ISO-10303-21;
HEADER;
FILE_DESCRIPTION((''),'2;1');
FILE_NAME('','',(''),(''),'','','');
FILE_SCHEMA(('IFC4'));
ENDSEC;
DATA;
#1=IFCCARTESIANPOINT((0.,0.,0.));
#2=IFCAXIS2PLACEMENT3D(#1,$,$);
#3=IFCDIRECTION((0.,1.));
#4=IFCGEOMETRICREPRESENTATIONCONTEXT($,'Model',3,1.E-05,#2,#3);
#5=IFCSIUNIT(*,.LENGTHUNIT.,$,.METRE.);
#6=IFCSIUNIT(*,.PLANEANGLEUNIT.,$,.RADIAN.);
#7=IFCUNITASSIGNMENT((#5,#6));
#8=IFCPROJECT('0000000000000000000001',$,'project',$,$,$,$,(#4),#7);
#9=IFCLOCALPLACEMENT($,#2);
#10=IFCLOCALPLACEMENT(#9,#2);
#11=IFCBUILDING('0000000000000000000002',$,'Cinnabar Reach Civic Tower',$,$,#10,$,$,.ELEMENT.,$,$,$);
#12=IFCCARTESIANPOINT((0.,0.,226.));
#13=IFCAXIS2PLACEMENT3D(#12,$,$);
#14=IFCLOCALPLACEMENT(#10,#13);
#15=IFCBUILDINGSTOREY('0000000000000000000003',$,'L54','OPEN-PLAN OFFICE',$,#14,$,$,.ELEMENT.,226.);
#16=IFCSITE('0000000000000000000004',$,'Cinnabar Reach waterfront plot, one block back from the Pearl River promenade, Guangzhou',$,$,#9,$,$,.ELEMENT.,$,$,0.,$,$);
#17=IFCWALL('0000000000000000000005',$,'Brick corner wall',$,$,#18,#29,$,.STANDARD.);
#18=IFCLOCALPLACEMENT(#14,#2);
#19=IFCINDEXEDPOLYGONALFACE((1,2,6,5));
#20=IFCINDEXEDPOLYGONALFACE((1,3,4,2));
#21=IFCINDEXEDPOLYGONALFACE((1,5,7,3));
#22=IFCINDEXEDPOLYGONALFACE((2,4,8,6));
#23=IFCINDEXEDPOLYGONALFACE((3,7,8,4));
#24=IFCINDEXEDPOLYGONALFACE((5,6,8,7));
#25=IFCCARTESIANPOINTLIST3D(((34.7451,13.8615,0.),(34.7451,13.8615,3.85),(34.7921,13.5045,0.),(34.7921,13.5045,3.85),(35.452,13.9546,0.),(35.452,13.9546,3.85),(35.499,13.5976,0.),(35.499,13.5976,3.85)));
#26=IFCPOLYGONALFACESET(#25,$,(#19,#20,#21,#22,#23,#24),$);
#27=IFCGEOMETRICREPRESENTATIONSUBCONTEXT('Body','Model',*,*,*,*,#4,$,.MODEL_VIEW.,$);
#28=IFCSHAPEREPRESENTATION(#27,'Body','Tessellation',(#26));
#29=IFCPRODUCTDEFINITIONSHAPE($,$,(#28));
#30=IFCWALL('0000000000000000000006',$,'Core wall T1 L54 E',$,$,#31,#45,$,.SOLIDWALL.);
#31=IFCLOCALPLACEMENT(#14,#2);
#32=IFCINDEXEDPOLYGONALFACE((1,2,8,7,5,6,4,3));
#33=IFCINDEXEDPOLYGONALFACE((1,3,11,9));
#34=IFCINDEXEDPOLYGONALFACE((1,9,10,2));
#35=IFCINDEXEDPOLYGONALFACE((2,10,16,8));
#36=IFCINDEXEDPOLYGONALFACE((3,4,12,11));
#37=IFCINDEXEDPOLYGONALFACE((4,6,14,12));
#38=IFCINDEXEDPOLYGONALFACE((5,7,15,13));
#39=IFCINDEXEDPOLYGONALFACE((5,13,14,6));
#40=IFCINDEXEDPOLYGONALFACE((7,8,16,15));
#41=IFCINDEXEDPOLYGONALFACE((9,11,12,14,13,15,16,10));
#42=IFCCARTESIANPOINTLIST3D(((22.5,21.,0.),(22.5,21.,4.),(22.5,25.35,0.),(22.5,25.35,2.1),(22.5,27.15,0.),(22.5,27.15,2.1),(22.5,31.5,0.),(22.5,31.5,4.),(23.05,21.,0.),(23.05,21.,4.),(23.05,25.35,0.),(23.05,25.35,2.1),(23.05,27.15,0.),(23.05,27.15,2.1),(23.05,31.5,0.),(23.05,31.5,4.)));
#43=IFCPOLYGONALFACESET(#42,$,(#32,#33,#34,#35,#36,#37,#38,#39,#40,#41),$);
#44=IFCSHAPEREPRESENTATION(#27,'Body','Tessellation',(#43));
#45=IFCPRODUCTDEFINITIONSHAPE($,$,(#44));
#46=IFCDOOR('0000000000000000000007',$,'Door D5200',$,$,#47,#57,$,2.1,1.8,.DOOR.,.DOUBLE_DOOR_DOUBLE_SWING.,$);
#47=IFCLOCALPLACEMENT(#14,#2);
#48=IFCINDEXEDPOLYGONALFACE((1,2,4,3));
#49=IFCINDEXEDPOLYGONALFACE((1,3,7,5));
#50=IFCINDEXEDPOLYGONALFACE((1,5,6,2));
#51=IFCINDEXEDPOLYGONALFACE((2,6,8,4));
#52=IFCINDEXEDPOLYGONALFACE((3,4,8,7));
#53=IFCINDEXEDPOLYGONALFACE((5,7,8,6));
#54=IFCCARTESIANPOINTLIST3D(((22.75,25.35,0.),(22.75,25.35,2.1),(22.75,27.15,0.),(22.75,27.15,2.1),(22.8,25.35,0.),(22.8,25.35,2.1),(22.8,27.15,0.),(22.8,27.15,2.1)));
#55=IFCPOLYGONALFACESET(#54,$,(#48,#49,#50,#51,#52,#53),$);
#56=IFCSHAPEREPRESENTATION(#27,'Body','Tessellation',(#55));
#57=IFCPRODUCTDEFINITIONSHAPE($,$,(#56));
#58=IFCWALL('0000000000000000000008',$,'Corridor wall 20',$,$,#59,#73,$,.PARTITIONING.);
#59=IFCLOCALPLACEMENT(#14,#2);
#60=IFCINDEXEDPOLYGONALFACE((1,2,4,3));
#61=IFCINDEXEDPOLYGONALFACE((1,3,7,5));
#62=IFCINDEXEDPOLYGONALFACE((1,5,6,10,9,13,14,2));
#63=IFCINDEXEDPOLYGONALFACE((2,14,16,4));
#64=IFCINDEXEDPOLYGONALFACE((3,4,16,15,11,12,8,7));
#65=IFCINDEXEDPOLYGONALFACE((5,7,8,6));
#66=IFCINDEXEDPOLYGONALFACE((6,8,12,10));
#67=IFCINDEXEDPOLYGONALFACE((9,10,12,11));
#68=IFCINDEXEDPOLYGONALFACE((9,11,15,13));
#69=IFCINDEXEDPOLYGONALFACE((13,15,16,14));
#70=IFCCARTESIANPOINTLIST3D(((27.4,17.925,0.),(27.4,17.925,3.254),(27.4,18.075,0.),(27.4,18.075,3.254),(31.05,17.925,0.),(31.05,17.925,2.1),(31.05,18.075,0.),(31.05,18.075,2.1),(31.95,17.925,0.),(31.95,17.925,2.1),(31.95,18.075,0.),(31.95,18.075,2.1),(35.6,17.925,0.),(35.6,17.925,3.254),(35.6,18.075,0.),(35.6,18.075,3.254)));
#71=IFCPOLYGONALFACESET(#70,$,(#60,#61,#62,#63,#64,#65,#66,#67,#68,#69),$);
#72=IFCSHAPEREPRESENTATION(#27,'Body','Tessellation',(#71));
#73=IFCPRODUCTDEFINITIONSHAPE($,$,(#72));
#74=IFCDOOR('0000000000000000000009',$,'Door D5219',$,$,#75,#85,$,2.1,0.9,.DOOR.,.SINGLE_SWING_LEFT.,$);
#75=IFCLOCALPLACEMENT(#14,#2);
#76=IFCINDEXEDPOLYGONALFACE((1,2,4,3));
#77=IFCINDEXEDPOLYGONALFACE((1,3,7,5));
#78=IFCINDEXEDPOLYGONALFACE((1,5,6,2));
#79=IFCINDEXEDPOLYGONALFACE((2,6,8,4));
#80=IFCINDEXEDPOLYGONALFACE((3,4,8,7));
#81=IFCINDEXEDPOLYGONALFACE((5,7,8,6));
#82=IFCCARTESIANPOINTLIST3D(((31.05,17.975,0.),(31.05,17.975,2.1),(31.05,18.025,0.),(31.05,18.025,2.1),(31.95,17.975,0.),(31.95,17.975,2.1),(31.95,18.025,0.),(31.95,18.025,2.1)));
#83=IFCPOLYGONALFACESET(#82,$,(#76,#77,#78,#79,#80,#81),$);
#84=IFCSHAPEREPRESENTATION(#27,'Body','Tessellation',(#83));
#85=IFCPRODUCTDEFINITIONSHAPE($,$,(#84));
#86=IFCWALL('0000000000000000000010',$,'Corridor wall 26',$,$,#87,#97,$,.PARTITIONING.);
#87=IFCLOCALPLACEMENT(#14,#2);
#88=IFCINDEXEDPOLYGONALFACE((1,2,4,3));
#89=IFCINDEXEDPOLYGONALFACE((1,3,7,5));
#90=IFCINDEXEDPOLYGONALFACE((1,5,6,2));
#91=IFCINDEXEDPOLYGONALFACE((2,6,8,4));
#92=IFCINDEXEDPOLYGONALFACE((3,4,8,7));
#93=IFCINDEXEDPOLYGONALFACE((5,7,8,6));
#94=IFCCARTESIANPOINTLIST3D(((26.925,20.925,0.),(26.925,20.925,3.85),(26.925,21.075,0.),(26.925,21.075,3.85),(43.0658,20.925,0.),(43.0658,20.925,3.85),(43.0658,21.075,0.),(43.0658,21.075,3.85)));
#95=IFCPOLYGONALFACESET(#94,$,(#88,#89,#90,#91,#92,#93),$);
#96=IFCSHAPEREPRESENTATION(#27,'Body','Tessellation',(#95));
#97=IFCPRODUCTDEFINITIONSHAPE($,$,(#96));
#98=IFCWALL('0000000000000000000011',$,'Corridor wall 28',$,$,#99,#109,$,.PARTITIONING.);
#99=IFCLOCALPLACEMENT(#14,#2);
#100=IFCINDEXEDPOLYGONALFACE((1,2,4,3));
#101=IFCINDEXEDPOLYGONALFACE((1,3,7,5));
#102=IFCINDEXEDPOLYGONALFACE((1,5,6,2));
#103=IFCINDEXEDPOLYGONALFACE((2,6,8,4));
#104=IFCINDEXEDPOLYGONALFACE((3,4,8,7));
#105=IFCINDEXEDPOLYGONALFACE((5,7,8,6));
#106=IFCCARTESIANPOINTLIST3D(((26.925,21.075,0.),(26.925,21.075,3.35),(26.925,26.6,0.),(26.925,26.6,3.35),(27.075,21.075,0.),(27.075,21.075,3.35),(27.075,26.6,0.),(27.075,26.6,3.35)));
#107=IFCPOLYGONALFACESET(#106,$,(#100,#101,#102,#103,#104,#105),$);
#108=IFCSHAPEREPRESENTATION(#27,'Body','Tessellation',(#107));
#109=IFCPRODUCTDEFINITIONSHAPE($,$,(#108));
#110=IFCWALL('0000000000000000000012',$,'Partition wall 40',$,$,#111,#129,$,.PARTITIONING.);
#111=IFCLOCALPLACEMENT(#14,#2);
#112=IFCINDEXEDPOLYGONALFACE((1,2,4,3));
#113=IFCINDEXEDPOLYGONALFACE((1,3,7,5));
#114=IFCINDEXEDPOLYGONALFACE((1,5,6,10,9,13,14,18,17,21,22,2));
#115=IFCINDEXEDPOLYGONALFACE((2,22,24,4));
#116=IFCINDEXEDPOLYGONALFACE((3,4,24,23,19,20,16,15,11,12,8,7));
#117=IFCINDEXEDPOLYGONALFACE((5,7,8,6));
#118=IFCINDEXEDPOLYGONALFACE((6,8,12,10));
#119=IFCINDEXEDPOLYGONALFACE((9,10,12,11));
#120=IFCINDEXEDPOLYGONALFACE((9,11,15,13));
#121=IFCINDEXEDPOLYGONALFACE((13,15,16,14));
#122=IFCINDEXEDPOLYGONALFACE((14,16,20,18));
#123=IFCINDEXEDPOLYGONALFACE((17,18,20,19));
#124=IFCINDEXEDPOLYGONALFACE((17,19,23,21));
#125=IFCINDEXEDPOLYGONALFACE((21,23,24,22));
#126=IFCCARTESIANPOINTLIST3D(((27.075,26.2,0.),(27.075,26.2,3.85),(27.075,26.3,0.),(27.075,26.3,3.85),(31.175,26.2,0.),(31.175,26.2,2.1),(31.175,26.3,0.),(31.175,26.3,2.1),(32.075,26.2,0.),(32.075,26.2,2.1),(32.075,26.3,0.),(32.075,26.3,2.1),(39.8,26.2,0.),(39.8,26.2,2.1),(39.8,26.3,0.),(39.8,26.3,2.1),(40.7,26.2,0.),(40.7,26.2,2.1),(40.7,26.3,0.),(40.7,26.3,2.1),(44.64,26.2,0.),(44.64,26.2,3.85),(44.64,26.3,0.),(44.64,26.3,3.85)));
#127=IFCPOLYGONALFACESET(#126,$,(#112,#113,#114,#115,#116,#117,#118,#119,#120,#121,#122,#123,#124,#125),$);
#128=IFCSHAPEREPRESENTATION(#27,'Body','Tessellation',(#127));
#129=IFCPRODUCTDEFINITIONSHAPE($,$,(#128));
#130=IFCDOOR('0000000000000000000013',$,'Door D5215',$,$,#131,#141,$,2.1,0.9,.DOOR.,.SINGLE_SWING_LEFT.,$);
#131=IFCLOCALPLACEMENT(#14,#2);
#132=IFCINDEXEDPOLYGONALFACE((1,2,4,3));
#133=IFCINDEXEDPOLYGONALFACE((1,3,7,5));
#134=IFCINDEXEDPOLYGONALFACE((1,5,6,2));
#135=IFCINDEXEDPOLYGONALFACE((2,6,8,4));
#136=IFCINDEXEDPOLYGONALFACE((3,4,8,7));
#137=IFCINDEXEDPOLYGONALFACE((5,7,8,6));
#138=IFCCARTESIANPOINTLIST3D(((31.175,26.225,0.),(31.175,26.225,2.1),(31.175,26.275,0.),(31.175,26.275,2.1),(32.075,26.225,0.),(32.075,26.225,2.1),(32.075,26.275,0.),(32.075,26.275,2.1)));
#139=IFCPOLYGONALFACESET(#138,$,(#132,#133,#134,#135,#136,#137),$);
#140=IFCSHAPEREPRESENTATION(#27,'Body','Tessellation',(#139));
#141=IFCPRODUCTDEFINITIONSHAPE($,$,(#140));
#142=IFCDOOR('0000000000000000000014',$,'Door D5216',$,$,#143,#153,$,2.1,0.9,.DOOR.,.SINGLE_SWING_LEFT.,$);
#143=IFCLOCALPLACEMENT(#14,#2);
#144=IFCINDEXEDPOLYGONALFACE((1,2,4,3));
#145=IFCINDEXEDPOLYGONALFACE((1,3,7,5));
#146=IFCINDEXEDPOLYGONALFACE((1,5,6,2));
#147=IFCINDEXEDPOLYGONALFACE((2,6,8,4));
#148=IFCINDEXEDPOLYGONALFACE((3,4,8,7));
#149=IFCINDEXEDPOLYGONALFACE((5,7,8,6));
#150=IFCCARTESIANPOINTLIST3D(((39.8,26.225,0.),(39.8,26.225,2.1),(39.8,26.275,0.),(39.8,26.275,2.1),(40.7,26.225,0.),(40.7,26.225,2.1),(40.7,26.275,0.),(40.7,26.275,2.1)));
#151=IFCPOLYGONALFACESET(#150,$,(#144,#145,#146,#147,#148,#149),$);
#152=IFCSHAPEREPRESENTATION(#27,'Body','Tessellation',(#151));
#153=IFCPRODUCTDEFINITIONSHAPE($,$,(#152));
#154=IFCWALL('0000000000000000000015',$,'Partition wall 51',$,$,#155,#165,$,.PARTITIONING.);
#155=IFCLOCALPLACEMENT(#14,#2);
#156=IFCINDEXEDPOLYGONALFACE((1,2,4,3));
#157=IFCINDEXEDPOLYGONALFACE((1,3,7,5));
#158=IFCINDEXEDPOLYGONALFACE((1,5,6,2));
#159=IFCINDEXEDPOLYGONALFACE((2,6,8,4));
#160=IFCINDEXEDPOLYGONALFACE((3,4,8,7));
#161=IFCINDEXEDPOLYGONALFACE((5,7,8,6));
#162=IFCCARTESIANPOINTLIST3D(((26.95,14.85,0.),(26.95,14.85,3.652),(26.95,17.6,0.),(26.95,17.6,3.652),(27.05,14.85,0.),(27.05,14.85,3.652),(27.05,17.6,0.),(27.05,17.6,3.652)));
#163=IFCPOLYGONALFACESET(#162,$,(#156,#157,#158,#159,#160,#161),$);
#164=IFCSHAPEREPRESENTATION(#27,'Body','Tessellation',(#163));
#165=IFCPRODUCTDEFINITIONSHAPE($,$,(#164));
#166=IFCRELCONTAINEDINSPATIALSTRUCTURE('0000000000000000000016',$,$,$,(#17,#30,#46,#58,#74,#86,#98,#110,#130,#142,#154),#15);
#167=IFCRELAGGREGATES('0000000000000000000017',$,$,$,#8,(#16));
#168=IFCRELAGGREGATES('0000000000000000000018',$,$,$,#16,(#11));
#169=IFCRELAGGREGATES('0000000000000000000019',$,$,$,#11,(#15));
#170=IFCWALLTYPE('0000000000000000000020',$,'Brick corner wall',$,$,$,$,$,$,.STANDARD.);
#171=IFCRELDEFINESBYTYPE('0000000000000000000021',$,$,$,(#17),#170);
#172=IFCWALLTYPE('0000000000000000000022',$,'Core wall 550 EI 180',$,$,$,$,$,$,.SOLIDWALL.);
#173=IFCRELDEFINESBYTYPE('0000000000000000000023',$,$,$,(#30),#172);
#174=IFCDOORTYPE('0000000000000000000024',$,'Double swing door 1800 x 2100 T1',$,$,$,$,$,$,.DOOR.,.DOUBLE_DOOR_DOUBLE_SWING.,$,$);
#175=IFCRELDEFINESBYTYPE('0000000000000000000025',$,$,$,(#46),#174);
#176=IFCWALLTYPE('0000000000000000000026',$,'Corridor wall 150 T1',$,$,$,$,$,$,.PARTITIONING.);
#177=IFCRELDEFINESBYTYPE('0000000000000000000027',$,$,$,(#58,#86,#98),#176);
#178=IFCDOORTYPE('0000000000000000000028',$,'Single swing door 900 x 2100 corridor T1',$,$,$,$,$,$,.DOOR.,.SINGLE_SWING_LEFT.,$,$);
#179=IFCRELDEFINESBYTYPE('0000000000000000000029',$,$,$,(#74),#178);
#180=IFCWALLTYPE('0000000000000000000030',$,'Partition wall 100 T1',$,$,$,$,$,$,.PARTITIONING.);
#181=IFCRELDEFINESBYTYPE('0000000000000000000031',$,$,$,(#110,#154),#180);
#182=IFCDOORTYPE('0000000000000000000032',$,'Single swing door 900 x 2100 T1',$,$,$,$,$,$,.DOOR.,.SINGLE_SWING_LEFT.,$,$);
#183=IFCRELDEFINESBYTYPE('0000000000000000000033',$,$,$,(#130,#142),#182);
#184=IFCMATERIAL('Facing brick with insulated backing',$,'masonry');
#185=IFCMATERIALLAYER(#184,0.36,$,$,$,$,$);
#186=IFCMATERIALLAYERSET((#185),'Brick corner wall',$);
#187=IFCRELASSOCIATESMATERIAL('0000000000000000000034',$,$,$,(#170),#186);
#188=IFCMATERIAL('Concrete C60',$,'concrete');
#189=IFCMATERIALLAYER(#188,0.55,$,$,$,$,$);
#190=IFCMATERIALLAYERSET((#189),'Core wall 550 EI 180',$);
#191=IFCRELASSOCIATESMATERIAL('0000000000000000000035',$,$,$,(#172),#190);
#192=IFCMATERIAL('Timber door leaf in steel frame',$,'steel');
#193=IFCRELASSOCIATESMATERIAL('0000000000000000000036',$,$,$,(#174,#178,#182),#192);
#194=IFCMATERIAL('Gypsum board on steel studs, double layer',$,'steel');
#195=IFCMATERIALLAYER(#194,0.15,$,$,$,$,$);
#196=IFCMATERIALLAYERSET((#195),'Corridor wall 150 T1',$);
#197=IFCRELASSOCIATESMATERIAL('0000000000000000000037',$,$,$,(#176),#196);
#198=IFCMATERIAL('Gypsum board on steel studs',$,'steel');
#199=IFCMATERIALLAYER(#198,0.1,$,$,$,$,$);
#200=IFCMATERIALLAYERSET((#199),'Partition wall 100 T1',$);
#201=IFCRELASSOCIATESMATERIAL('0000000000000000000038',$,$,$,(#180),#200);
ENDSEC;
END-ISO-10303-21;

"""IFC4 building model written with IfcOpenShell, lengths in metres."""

from ifc_helpers import new_model, si_unit, direction, frame, frame_2d, origin, place, context, subcontext, project, spatial, rectangle, extrude, material, layer, layer_set, type_object, element, fill, save


model = new_model("IFC4")

# Units and contexts
model_context = context("Model", 3, precision=1e-05, world=origin(), true_north=direction((0.0, 1.0)))
body_context = subcontext(model_context, "Body", "Model", "MODEL_VIEW")
ifc_project = project(units=[si_unit("LENGTHUNIT", "METRE"), si_unit("PLANEANGLEUNIT", "RADIAN")], contexts=[model_context])

# Site, building, storey
site_placement = place(None, origin())
site = spatial("IfcSite", under=ifc_project, at=site_placement, Name="Cinnabar Reach waterfront plot, one block back from the Pearl River promenade, Guangzhou", CompositionType="ELEMENT", RefElevation=0.0)
building_placement = place(site_placement, origin())
building = spatial("IfcBuilding", under=site, at=building_placement, Name="Cinnabar Reach Civic Tower", CompositionType="ELEMENT")
storey_placement = place(building_placement, frame((0.0, 0.0, 226.0)))
storey = spatial("IfcBuildingStorey", under=building, at=storey_placement, Name="L54", Description="OPEN-PLAN OFFICE", CompositionType="ELEMENT", Elevation=226.0)

# Shared definitions
ifc_material_1 = material(Name="Concrete C60", Category="concrete")

# Wall
ifc_material_2 = material(Name="Facing brick with insulated backing", Category="masonry")
ifc_layer_1 = layer(ifc_material_2, 0.36)
ifc_layer_set_1 = layer_set([ifc_layer_1], Name="Brick corner wall")
wall_type_1 = type_object("IfcWallType", Name="Brick corner wall", PredefinedType="STANDARD", material=ifc_layer_set_1)
wall_1_placement = place(storey_placement, frame((34.7686, 13.683, 0.0), z_axis=(0.0, 0.0, 1.0), x_axis=(0.991441, 0.130556, 0.0)))
element("IfcWall", 1, at=wall_1_placement, inside=storey, type_object=wall_type_1, Name="Brick corner wall", PredefinedType="STANDARD", context=body_context, shape_type="SweptSolid", body=[
    extrude(rectangle(XDim=0.7131, YDim=0.36, at=frame_2d((0.3565, 0.0))), origin(), (0.0, 0.0, 1.0), 3.85),
])

# Walls, openings, doors
ifc_layer_2 = layer(ifc_material_1, 0.55)
ifc_layer_set_2 = layer_set([ifc_layer_2], Name="Core wall 550 EI 180")
wall_type_2 = type_object("IfcWallType", Name="Core wall 550 EI 180", PredefinedType="SOLIDWALL", material=ifc_layer_set_2)
wall_2_placement = place(storey_placement, frame((22.775, 21.0, 0.0), z_axis=(0.0, 0.0, 1.0), x_axis=(0.0, 1.0, 0.0)))
wall_2 = element("IfcWall", 2, at=wall_2_placement, inside=storey, type_object=wall_type_2, Name="Core wall T1 L54 E", PredefinedType="SOLIDWALL", context=body_context, shape_type="SweptSolid", body=[
    extrude(rectangle(XDim=10.5, YDim=0.55, at=frame_2d((5.25, 0.0))), origin(), (0.0, 0.0, 1.0), 4.0),
])
opening_1_placement = place(wall_2_placement, frame((4.35, 0.0, 0.0)))
opening_1 = element("IfcOpeningElement", 3, at=opening_1_placement, cuts=wall_2, PredefinedType="OPENING", context=body_context, shape_type="SweptSolid", body=[
    extrude(rectangle(XDim=1.8, YDim=2.1, at=frame_2d((0.9, 1.05))), frame((0.0, 0.285, 0.0), z_axis=(0.0, -1.0, 0.0), x_axis=(1.0, 0.0, 0.0)), (0.0, 0.0, 1.0), 0.57),
])
ifc_material_3 = material(Name="Timber door leaf in steel frame", Category="steel")
door_type_1 = type_object("IfcDoorType", Name="Double swing door 1800 x 2100 T1", OperationType="DOUBLE_DOOR_DOUBLE_SWING", PredefinedType="DOOR", material=ifc_material_3)
door_1_placement = place(opening_1_placement, origin())
door_1 = element("IfcDoor", 4, at=door_1_placement, inside=storey, type_object=door_type_1, Name="Door D5200", OperationType="DOUBLE_DOOR_DOUBLE_SWING", OverallHeight=2.1, OverallWidth=1.8, PredefinedType="DOOR", context=body_context, shape_type="SweptSolid", body=[
    extrude(rectangle(XDim=1.8, YDim=2.1, at=frame_2d((0.9, 1.05))), frame((0.0, 0.025, 0.0), z_axis=(0.0, -1.0, 0.0), x_axis=(1.0, 0.0, 0.0)), (0.0, 0.0, 1.0), 0.05),
])
fill(opening_1, door_1)
ifc_material_4 = material(Name="Gypsum board on steel studs, double layer", Category="steel")
ifc_layer_3 = layer(ifc_material_4, 0.15)
ifc_layer_set_3 = layer_set([ifc_layer_3], Name="Corridor wall 150 T1")
wall_type_3 = type_object("IfcWallType", Name="Corridor wall 150 T1", PredefinedType="PARTITIONING", material=ifc_layer_set_3)
wall_3_placement = place(storey_placement, frame((27.4, 18.0, 0.0), z_axis=(0.0, 0.0, 1.0), x_axis=(1.0, 0.0, 0.0)))
wall_3 = element("IfcWall", 5, at=wall_3_placement, inside=storey, type_object=wall_type_3, Name="Corridor wall 20", PredefinedType="PARTITIONING", context=body_context, shape_type="SweptSolid", body=[
    extrude(rectangle(XDim=8.2, YDim=0.15, at=frame_2d((4.1, 0.0))), origin(), (0.0, 0.0, 1.0), 3.254),
])
opening_2_placement = place(wall_3_placement, frame((3.65, 0.0, 0.0)))
opening_2 = element("IfcOpeningElement", 6, at=opening_2_placement, cuts=wall_3, PredefinedType="OPENING", context=body_context, shape_type="SweptSolid", body=[
    extrude(rectangle(XDim=0.9, YDim=2.1, at=frame_2d((0.45, 1.05))), frame((0.0, 0.085, 0.0), z_axis=(0.0, -1.0, 0.0), x_axis=(1.0, 0.0, 0.0)), (0.0, 0.0, 1.0), 0.17),
])
door_type_2 = type_object("IfcDoorType", Name="Single swing door 900 x 2100 corridor T1", OperationType="SINGLE_SWING_LEFT", PredefinedType="DOOR", material=ifc_material_3)
door_2_placement = place(opening_2_placement, frame((0.9, 0.0, 0.0), z_axis=(0.0, 0.0, 1.0), x_axis=(-1.0, 0.0, 0.0)))
door_2 = element("IfcDoor", 7, at=door_2_placement, inside=storey, type_object=door_type_2, Name="Door D5219", OperationType="SINGLE_SWING_LEFT", OverallHeight=2.1, OverallWidth=0.9, PredefinedType="DOOR", context=body_context, shape_type="SweptSolid", body=[
    extrude(rectangle(XDim=0.9, YDim=2.1, at=frame_2d((0.45, 1.05))), frame((0.0, 0.025, 0.0), z_axis=(0.0, -1.0, 0.0), x_axis=(1.0, 0.0, 0.0)), (0.0, 0.0, 1.0), 0.05),
])
fill(opening_2, door_2)

# Walls
wall_4_placement = place(storey_placement, frame((26.925, 21.0, 0.0), z_axis=(0.0, 0.0, 1.0), x_axis=(1.0, 0.0, 0.0)))
element("IfcWall", 8, at=wall_4_placement, inside=storey, type_object=wall_type_3, Name="Corridor wall 26", PredefinedType="PARTITIONING", context=body_context, shape_type="SweptSolid", body=[
    extrude(rectangle(XDim=16.1409, YDim=0.15, at=frame_2d((8.0704, 0.0))), origin(), (0.0, 0.0, 1.0), 3.85),
])
wall_5_placement = place(storey_placement, frame((27.0, 21.075, 0.0), z_axis=(0.0, 0.0, 1.0), x_axis=(0.0, 1.0, 0.0)))
element("IfcWall", 9, at=wall_5_placement, inside=storey, type_object=wall_type_3, Name="Corridor wall 28", PredefinedType="PARTITIONING", context=body_context, shape_type="SweptSolid", body=[
    extrude(rectangle(XDim=5.525, YDim=0.15, at=frame_2d((2.7625, 0.0))), origin(), (0.0, 0.0, 1.0), 3.35),
])

# Wall, openings, doors
ifc_material_5 = material(Name="Gypsum board on steel studs", Category="steel")
ifc_layer_4 = layer(ifc_material_5, 0.1)
ifc_layer_set_4 = layer_set([ifc_layer_4], Name="Partition wall 100 T1")
wall_type_4 = type_object("IfcWallType", Name="Partition wall 100 T1", PredefinedType="PARTITIONING", material=ifc_layer_set_4)
wall_6_placement = place(storey_placement, frame((27.075, 26.25, 0.0), z_axis=(0.0, 0.0, 1.0), x_axis=(1.0, 0.0, 0.0)))
wall_6 = element("IfcWall", 10, at=wall_6_placement, inside=storey, type_object=wall_type_4, Name="Partition wall 40", PredefinedType="PARTITIONING", context=body_context, shape_type="SweptSolid", body=[
    extrude(rectangle(XDim=17.565, YDim=0.1, at=frame_2d((8.7825, 0.0))), origin(), (0.0, 0.0, 1.0), 3.85),
])
opening_3_placement = place(wall_6_placement, frame((4.1, 0.0, 0.0)))
opening_3 = element("IfcOpeningElement", 11, at=opening_3_placement, cuts=wall_6, PredefinedType="OPENING", context=body_context, shape_type="SweptSolid", body=[
    extrude(rectangle(XDim=0.9, YDim=2.1, at=frame_2d((0.45, 1.05))), frame((0.0, 0.06, 0.0), z_axis=(0.0, -1.0, 0.0), x_axis=(1.0, 0.0, 0.0)), (0.0, 0.0, 1.0), 0.12),
])
opening_4_placement = place(wall_6_placement, frame((12.725, 0.0, 0.0)))
opening_4 = element("IfcOpeningElement", 12, at=opening_4_placement, cuts=wall_6, PredefinedType="OPENING", context=body_context, shape_type="SweptSolid", body=[
    extrude(rectangle(XDim=0.9, YDim=2.1, at=frame_2d((0.45, 1.05))), frame((0.0, 0.06, 0.0), z_axis=(0.0, -1.0, 0.0), x_axis=(1.0, 0.0, 0.0)), (0.0, 0.0, 1.0), 0.12),
])
door_type_3 = type_object("IfcDoorType", Name="Single swing door 900 x 2100 T1", OperationType="SINGLE_SWING_LEFT", PredefinedType="DOOR", material=ifc_material_3)
door_3_placement = place(opening_3_placement, frame((0.9, 0.0, 0.0), z_axis=(0.0, 0.0, 1.0), x_axis=(-1.0, 0.0, 0.0)))
door_3 = element("IfcDoor", 13, at=door_3_placement, inside=storey, type_object=door_type_3, Name="Door D5215", OperationType="SINGLE_SWING_LEFT", OverallHeight=2.1, OverallWidth=0.9, PredefinedType="DOOR", context=body_context, shape_type="SweptSolid", body=[
    extrude(rectangle(XDim=0.9, YDim=2.1, at=frame_2d((0.45, 1.05))), frame((0.0, 0.025, 0.0), z_axis=(0.0, -1.0, 0.0), x_axis=(1.0, 0.0, 0.0)), (0.0, 0.0, 1.0), 0.05),
])
fill(opening_3, door_3)
door_4_placement = place(opening_4_placement, frame((0.9, 0.0, 0.0), z_axis=(0.0, 0.0, 1.0), x_axis=(-1.0, 0.0, 0.0)))
door_4 = element("IfcDoor", 14, at=door_4_placement, inside=storey, type_object=door_type_3, Name="Door D5216", OperationType="SINGLE_SWING_LEFT", OverallHeight=2.1, OverallWidth=0.9, PredefinedType="DOOR", context=body_context, shape_type="SweptSolid", body=[
    extrude(rectangle(XDim=0.9, YDim=2.1, at=frame_2d((0.45, 1.05))), frame((0.0, 0.025, 0.0), z_axis=(0.0, -1.0, 0.0), x_axis=(1.0, 0.0, 0.0)), (0.0, 0.0, 1.0), 0.05),
])
fill(opening_4, door_4)

# Wall
wall_7_placement = place(storey_placement, frame((27.0, 14.85, 0.0), z_axis=(0.0, 0.0, 1.0), x_axis=(0.0, 1.0, 0.0)))
element("IfcWall", 15, at=wall_7_placement, inside=storey, type_object=wall_type_4, Name="Partition wall 51", PredefinedType="PARTITIONING", context=body_context, shape_type="SweptSolid", body=[
    extrude(rectangle(XDim=2.75, YDim=0.1, at=frame_2d((1.375, 0.0))), origin(), (0.0, 0.0, 1.0), 3.652),
])

save(model, "model.ifc")
